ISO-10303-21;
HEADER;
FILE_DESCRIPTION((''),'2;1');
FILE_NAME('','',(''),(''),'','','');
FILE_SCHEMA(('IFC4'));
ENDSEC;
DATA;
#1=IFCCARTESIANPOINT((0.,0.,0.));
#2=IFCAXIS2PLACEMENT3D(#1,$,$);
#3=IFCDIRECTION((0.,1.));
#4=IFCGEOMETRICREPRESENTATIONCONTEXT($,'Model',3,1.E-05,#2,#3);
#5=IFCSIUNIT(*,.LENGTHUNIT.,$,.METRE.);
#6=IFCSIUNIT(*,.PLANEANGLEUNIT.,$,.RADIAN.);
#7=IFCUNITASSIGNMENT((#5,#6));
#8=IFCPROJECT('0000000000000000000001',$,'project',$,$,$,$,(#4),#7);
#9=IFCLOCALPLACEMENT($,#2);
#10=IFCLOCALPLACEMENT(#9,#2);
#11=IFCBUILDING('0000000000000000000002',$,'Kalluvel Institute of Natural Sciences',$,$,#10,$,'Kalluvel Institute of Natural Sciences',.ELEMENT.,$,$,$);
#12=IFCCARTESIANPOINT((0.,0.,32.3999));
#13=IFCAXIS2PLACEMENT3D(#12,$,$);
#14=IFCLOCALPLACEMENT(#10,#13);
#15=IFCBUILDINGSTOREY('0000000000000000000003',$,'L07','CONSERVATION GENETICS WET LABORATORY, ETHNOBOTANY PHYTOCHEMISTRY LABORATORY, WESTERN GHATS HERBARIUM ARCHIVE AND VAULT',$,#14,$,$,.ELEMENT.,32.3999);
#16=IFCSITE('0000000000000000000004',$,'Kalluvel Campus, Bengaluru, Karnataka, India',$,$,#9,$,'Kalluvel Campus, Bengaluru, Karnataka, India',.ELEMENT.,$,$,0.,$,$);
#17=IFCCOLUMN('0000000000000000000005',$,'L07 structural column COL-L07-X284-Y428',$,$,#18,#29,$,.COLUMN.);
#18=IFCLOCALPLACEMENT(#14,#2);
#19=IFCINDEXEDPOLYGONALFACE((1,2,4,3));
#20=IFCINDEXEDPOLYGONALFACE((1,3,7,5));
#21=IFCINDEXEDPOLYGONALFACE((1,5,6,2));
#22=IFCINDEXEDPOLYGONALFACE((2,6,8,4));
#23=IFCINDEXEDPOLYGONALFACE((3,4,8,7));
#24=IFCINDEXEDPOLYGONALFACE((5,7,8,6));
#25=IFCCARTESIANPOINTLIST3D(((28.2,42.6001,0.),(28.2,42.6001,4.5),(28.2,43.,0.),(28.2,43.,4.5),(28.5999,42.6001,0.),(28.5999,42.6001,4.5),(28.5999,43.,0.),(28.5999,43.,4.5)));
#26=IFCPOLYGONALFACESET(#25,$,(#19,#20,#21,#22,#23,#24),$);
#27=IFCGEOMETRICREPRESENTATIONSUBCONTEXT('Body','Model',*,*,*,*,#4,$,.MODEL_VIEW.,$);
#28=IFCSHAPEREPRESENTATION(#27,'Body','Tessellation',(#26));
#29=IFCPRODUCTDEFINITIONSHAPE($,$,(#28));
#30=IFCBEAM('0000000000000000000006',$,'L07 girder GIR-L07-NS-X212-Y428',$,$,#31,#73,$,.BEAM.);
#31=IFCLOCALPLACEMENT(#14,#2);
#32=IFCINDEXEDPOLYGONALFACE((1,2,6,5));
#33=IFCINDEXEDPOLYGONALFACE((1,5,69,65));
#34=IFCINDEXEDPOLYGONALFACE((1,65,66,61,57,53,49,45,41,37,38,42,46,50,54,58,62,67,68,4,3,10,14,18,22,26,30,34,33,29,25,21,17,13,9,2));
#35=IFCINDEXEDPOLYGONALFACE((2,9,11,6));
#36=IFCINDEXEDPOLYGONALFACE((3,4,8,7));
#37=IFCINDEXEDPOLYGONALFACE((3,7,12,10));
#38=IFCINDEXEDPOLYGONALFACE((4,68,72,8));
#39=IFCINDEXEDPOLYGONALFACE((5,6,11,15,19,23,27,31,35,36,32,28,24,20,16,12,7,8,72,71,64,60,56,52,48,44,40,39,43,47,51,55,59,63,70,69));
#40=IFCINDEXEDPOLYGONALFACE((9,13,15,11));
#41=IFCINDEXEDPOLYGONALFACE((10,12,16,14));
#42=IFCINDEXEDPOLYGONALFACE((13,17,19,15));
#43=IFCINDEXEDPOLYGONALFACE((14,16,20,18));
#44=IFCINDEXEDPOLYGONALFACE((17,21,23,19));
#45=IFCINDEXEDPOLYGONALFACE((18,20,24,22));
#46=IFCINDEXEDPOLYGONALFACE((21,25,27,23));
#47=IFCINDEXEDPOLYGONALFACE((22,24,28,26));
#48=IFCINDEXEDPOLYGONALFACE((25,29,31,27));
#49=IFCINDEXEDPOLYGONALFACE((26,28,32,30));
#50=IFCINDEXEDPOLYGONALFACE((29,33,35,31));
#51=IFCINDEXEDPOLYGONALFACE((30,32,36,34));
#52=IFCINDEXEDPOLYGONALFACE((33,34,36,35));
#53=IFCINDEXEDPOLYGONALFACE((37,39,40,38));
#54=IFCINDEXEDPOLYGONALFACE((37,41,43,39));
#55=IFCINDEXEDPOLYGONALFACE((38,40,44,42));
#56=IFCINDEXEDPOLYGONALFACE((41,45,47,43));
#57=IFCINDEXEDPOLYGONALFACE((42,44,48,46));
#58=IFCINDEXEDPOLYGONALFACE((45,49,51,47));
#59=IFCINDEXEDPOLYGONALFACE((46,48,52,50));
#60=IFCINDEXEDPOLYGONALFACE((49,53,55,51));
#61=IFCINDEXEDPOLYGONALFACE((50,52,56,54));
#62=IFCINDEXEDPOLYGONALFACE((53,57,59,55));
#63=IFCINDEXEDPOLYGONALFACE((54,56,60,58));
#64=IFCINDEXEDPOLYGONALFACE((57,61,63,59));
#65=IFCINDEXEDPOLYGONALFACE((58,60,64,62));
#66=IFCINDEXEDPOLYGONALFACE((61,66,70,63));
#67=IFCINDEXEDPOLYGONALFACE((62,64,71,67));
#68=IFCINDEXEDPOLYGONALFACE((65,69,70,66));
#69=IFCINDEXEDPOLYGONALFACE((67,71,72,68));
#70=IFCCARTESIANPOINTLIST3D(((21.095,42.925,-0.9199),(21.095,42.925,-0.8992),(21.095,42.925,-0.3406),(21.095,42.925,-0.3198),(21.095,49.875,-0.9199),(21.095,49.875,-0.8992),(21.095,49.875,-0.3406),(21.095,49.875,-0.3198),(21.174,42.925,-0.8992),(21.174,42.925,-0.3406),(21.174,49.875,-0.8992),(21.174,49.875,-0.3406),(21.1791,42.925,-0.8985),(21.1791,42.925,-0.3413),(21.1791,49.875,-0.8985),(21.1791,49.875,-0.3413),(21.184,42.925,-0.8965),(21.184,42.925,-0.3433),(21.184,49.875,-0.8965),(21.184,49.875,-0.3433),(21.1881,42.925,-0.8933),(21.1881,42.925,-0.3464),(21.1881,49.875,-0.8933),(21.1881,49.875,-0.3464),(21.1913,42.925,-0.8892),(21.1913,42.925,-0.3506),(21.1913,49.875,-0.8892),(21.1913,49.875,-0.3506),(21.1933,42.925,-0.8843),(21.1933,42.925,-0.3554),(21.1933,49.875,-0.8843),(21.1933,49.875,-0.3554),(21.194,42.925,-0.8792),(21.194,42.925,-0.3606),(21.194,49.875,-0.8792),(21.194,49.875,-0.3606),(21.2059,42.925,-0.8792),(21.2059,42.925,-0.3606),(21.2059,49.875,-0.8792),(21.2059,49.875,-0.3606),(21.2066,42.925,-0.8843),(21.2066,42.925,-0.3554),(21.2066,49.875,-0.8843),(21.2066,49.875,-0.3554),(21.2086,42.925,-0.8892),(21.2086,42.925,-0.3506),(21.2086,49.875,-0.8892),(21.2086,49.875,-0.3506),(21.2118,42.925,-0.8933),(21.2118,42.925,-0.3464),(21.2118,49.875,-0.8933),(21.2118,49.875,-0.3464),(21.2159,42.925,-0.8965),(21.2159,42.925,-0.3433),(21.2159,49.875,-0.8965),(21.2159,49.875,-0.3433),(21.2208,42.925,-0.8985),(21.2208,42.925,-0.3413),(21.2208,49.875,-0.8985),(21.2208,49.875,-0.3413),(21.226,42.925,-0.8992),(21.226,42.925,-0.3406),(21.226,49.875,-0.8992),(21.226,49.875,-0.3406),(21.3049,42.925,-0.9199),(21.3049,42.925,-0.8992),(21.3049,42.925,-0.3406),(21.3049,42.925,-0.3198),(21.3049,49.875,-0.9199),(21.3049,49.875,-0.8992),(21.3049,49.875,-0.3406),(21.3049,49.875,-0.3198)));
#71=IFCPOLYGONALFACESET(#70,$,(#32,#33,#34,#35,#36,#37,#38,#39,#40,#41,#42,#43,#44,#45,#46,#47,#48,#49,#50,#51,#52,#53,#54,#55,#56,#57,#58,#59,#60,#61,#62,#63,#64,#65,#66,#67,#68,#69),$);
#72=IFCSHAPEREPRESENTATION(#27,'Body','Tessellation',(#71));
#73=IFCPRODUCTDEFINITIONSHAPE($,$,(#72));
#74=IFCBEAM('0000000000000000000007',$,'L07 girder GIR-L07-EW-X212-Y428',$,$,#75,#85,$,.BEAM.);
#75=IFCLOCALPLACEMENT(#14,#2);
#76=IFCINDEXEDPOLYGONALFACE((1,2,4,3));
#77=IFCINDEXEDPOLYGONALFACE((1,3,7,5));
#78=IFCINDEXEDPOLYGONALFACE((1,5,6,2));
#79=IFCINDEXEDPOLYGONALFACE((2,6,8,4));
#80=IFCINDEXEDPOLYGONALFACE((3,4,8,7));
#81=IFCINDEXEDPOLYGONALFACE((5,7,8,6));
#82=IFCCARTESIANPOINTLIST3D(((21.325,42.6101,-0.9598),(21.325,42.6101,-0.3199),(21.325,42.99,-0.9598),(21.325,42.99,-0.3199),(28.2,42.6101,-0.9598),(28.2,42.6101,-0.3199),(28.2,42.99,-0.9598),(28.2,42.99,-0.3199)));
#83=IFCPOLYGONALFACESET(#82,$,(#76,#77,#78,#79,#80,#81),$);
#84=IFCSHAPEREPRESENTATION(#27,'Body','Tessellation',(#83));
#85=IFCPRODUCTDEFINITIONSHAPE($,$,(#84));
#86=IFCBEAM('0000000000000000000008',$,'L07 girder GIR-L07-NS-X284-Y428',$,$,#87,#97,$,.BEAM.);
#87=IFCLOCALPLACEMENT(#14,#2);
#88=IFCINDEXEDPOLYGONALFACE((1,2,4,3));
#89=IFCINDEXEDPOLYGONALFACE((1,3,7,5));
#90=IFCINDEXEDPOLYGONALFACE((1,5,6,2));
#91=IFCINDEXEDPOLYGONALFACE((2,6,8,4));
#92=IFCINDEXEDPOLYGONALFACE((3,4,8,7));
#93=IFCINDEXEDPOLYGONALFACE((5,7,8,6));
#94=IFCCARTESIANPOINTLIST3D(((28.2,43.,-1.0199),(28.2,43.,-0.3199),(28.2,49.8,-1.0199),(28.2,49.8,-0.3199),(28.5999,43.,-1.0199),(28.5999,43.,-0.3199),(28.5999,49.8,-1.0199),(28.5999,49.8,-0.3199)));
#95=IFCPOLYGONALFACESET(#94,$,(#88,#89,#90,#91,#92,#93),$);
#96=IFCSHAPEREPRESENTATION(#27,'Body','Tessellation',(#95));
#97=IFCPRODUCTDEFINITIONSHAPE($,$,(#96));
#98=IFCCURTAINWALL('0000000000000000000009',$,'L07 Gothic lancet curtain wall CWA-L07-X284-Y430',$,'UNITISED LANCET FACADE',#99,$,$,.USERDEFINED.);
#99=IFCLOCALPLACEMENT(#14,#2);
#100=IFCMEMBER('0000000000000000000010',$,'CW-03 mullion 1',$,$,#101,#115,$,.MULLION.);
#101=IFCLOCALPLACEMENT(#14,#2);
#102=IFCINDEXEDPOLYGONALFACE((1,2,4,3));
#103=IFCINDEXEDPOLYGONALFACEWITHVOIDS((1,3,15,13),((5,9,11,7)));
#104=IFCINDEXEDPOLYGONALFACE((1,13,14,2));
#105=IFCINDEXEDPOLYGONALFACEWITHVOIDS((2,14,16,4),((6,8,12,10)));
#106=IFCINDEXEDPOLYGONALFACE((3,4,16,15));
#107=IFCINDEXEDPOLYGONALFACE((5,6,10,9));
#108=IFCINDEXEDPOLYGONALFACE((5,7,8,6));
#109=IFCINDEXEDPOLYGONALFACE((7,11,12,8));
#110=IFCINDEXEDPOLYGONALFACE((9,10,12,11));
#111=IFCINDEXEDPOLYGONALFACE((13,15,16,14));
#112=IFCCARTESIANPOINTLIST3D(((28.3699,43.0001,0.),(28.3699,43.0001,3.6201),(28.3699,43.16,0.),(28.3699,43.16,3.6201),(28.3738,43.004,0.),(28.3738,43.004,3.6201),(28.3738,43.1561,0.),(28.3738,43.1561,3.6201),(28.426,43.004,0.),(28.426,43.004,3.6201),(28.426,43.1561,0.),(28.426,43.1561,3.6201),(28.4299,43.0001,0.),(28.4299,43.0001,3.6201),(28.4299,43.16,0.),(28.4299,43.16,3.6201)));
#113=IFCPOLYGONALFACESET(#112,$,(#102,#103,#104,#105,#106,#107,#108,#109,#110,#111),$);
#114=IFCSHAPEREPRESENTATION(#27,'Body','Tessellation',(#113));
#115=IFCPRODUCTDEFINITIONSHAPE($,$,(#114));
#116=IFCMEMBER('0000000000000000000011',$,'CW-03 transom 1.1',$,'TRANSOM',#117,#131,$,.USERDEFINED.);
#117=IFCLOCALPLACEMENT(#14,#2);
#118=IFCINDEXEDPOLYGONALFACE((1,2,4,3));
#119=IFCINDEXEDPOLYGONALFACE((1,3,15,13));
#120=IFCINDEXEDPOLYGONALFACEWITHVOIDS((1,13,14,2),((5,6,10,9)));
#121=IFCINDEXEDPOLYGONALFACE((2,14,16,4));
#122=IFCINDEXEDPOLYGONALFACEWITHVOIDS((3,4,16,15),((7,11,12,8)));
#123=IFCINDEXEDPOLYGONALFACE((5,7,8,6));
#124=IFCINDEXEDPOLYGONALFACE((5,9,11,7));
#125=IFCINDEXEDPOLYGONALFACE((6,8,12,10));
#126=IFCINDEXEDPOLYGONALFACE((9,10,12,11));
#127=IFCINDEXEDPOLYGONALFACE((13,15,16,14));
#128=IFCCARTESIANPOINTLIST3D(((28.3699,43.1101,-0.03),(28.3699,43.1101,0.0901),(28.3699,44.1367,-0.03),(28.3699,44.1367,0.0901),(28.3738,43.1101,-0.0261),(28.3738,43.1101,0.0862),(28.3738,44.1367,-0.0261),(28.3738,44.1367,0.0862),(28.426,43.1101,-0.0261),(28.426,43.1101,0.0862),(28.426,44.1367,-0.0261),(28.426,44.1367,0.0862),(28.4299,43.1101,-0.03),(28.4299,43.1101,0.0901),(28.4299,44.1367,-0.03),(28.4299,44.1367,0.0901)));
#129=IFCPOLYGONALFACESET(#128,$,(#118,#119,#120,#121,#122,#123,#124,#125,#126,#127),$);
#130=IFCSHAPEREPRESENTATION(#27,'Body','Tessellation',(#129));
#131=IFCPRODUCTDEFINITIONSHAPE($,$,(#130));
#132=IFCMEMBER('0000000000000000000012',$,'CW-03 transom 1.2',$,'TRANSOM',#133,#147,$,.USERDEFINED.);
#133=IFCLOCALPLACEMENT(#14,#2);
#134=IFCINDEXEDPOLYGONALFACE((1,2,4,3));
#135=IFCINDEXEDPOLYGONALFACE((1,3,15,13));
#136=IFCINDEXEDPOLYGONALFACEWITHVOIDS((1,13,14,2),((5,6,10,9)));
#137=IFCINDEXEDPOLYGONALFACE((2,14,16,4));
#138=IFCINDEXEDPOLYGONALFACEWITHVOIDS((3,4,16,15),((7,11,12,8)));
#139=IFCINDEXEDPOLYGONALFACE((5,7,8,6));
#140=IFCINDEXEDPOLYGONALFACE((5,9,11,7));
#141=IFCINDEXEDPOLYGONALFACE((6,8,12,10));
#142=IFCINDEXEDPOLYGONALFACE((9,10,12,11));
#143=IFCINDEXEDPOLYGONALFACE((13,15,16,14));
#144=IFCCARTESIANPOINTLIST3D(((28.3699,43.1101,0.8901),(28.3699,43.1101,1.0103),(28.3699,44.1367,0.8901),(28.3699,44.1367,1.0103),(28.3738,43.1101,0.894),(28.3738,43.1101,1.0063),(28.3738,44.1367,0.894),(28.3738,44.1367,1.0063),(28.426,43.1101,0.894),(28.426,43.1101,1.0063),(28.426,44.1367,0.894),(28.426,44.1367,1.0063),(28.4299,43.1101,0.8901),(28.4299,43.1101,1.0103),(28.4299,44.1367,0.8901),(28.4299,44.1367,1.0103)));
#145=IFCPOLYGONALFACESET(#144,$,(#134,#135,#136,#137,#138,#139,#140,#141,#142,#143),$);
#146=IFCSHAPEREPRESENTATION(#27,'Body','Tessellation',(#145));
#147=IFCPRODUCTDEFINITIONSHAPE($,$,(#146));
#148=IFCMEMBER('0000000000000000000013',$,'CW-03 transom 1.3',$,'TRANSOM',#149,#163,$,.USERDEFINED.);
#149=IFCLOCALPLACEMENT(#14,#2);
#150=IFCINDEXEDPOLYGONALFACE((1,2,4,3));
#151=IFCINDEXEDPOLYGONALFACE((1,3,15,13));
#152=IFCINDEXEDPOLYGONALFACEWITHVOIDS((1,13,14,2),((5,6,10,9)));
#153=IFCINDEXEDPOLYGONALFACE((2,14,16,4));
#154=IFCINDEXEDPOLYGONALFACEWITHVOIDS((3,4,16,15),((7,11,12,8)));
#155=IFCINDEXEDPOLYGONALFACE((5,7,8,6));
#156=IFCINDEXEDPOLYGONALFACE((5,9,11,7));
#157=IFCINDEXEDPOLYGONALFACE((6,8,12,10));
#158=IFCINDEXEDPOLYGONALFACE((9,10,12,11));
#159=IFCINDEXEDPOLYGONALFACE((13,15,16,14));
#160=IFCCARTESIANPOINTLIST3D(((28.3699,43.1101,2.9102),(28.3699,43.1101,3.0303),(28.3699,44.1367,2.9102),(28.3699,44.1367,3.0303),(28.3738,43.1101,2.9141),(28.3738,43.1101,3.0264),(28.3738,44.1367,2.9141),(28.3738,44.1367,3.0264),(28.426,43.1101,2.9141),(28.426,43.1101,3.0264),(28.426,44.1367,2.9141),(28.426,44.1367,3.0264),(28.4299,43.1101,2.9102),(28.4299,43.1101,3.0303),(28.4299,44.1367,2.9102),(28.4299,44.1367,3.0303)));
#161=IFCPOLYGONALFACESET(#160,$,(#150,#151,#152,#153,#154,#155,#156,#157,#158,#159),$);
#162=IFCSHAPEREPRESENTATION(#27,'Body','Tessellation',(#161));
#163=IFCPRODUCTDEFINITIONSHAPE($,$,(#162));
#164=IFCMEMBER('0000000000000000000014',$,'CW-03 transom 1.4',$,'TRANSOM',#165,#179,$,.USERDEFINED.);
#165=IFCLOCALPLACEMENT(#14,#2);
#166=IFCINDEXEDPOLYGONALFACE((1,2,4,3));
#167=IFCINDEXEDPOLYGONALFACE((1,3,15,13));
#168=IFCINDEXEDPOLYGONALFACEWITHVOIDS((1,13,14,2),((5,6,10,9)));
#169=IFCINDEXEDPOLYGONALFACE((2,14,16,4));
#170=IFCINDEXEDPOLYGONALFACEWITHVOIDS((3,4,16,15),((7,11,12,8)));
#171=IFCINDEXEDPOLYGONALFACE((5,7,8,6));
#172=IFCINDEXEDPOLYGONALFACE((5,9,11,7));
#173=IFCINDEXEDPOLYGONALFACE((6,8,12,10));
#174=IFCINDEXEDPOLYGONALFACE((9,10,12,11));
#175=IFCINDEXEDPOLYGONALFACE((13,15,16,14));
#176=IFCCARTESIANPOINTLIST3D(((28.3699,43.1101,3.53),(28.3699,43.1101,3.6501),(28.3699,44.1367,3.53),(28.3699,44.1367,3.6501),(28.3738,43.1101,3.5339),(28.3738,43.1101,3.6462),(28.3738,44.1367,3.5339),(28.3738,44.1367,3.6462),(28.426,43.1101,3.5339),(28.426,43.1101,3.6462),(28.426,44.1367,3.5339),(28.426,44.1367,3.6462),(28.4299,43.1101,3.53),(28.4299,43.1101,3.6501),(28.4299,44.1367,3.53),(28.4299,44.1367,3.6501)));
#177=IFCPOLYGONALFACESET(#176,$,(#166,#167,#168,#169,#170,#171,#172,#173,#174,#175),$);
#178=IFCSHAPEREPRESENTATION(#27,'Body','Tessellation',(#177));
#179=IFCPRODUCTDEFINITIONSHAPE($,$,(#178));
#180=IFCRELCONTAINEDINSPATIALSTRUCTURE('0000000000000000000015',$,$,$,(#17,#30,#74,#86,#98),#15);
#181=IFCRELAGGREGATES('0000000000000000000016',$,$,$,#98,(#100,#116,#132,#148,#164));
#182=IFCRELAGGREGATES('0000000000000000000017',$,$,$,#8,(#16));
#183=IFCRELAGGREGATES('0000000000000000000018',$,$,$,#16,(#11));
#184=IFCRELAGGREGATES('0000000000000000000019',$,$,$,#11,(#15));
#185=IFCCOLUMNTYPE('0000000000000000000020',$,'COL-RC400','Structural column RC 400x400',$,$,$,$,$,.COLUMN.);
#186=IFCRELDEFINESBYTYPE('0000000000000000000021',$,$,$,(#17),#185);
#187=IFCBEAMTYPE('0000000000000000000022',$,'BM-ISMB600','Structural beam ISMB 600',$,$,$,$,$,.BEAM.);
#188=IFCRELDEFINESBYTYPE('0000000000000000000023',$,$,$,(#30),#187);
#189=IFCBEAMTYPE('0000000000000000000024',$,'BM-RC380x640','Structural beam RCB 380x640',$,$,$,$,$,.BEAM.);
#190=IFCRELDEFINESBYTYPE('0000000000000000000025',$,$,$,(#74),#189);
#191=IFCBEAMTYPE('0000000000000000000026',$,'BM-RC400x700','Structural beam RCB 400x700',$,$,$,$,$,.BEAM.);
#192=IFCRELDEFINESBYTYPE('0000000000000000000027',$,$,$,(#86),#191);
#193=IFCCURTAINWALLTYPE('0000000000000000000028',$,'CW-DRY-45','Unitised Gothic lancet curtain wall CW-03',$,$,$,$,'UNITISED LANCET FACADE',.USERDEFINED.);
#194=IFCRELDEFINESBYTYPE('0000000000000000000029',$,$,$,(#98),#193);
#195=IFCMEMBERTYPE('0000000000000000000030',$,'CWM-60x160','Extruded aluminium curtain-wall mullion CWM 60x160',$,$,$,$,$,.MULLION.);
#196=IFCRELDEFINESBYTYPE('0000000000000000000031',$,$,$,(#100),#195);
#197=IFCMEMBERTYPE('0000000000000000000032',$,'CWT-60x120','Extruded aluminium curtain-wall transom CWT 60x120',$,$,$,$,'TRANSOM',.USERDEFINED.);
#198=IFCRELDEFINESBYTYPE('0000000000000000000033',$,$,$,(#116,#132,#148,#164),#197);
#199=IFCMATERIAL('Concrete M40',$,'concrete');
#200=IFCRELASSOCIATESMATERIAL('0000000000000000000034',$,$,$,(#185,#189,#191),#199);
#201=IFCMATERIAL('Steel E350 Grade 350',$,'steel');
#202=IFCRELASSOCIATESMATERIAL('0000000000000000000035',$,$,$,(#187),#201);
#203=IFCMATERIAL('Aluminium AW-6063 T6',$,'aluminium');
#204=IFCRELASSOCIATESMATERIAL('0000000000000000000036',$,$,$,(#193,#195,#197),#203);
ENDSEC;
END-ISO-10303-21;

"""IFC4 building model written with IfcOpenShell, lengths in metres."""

from ifc_helpers import new_model, si_unit, direction, frame, origin, origin_2d, place, context, subcontext, project, spatial, rectangle, hollow_rectangle, i_section, extrude, material, material_profile, profile_set, type_object, element, aggregate, save


model = new_model("IFC4")

# Units and contexts
model_context = context("Model", 3, precision=1e-05, world=origin(), true_north=direction((0.0, 1.0)))
body_context = subcontext(model_context, "Body", "Model", "MODEL_VIEW")
ifc_project = project(units=[si_unit("LENGTHUNIT", "METRE"), si_unit("PLANEANGLEUNIT", "RADIAN")], contexts=[model_context])

# Site, building, storey
site_placement = place(None, origin())
site = spatial("IfcSite", under=ifc_project, at=site_placement, Name="Kalluvel Campus, Bengaluru, Karnataka, India", LongName="Kalluvel Campus, Bengaluru, Karnataka, India", CompositionType="ELEMENT", RefElevation=0.0)
building_placement = place(site_placement, origin())
building = spatial("IfcBuilding", under=site, at=building_placement, Name="Kalluvel Institute of Natural Sciences", LongName="Kalluvel Institute of Natural Sciences", CompositionType="ELEMENT")
storey_placement = place(building_placement, frame((0.0, 0.0, 32.3999)))
storey = spatial("IfcBuildingStorey", under=building, at=storey_placement, Name="L07", Description="CONSERVATION GENETICS WET LABORATORY, ETHNOBOTANY PHYTOCHEMISTRY LABORATORY, WESTERN GHATS HERBARIUM ARCHIVE AND VAULT", CompositionType="ELEMENT", Elevation=32.3999)

# Column
ifc_material_1 = material(Name="Concrete M40", Category="concrete")
ifc_material_profile_1 = material_profile(ifc_material_1, rectangle(XDim=0.3999, YDim=0.3999, at=origin_2d()), Name="RC 400x400")
ifc_profile_set_1 = profile_set([ifc_material_profile_1], Name="Concrete M40")
column_type = type_object("IfcColumnType", Name="COL-RC400", Description="Structural column RC 400x400", PredefinedType="COLUMN", material=ifc_profile_set_1)
column_placement = place(storey_placement, frame((28.3999, 42.8, 0.0), z_axis=(0.0, 0.0, 1.0), x_axis=(1.0, 0.0, 0.0)))
element("IfcColumn", 1, at=column_placement, inside=storey, type_object=column_type, Name="L07 structural column COL-L07-X284-Y428", PredefinedType="COLUMN", context=body_context, shape_type="SweptSolid", body=[
    extrude(rectangle(XDim=0.3999, YDim=0.3999, at=origin_2d()), origin(), (0.0, 0.0, 1.0), 4.5),
])

# Beams
ifc_material_2 = material(Name="Steel E350 Grade 350", Category="steel")
ifc_material_profile_2 = material_profile(ifc_material_2, i_section(OverallWidth=0.21, OverallDepth=0.6001, WebThickness=0.012, FlangeThickness=0.0208, FilletRadius=0.02, at=origin_2d()), Name="ISMB 600")
ifc_profile_set_2 = profile_set([ifc_material_profile_2], Name="Steel E350 Grade 350")
beam_type_1 = type_object("IfcBeamType", Name="BM-ISMB600", Description="Structural beam ISMB 600", PredefinedType="BEAM", material=ifc_profile_set_2)
beam_1_placement = place(storey_placement, frame((21.2, 42.925, -0.6199), z_axis=(0.0, 1.0, 0.0), x_axis=(-1.0, 0.0, 0.0)))
element("IfcBeam", 2, at=beam_1_placement, inside=storey, type_object=beam_type_1, Name="L07 girder GIR-L07-NS-X212-Y428", PredefinedType="BEAM", context=body_context, shape_type="SweptSolid", body=[
    extrude(i_section(OverallWidth=0.21, OverallDepth=0.6001, WebThickness=0.012, FlangeThickness=0.0208, FilletRadius=0.02, at=origin_2d()), origin(), (0.0, 0.0, 1.0), 6.95),
])
ifc_material_profile_3 = material_profile(ifc_material_1, rectangle(XDim=0.3799, YDim=0.6399, at=origin_2d()), Name="RCB 380x640")
ifc_profile_set_3 = profile_set([ifc_material_profile_3], Name="Concrete M40")
beam_type_2 = type_object("IfcBeamType", Name="BM-RC380x640", Description="Structural beam RCB 380x640", PredefinedType="BEAM", material=ifc_profile_set_3)
beam_2_placement = place(storey_placement, frame((21.325, 42.8, -0.6399), z_axis=(1.0, 0.0, 0.0), x_axis=(0.0, 1.0, 0.0)))
element("IfcBeam", 3, at=beam_2_placement, inside=storey, type_object=beam_type_2, Name="L07 girder GIR-L07-EW-X212-Y428", PredefinedType="BEAM", context=body_context, shape_type="SweptSolid", body=[
    extrude(rectangle(XDim=0.3799, YDim=0.6399, at=origin_2d()), origin(), (0.0, 0.0, 1.0), 6.875),
])
ifc_material_profile_4 = material_profile(ifc_material_1, rectangle(XDim=0.3999, YDim=0.7, at=origin_2d()), Name="RCB 400x700")
ifc_profile_set_4 = profile_set([ifc_material_profile_4], Name="Concrete M40")
beam_type_3 = type_object("IfcBeamType", Name="BM-RC400x700", Description="Structural beam RCB 400x700", PredefinedType="BEAM", material=ifc_profile_set_4)
beam_3_placement = place(storey_placement, frame((28.3999, 43.0, -0.6699), z_axis=(0.0, 1.0, 0.0), x_axis=(-1.0, 0.0, 0.0)))
element("IfcBeam", 4, at=beam_3_placement, inside=storey, type_object=beam_type_3, Name="L07 girder GIR-L07-NS-X284-Y428", PredefinedType="BEAM", context=body_context, shape_type="SweptSolid", body=[
    extrude(rectangle(XDim=0.3999, YDim=0.7, at=origin_2d()), origin(), (0.0, 0.0, 1.0), 6.8),
])

# Curtain wall, members
ifc_material_3 = material(Name="Aluminium AW-6063 T6", Category="aluminium")
curtain_wall_type = type_object("IfcCurtainWallType", Name="CW-DRY-45", Description="Unitised Gothic lancet curtain wall CW-03", ElementType="UNITISED LANCET FACADE", PredefinedType="USERDEFINED", material=ifc_material_3)
curtain_wall_placement = place(storey_placement, origin())
curtain_wall = element("IfcCurtainWall", 5, at=curtain_wall_placement, inside=storey, type_object=curtain_wall_type, Name="L07 Gothic lancet curtain wall CWA-L07-X284-Y430", ObjectType="UNITISED LANCET FACADE", PredefinedType="USERDEFINED")
ifc_material_profile_5 = material_profile(ifc_material_3, hollow_rectangle(XDim=0.0601, YDim=0.1599, WallThickness=0.0039, at=origin_2d()), Name="CWM 60x160")
ifc_profile_set_5 = profile_set([ifc_material_profile_5], Name="Aluminium AW-6063 T6")
member_type_1 = type_object("IfcMemberType", Name="CWM-60x160", Description="Extruded aluminium curtain-wall mullion CWM 60x160", PredefinedType="MULLION", material=ifc_profile_set_5)
member_1_placement = place(storey_placement, frame((28.3999, 43.0801, 0.0), z_axis=(0.0, 0.0, 1.0), x_axis=(-1.0, 0.0, 0.0)))
member_1 = element("IfcMember", 6, at=member_1_placement, type_object=member_type_1, Name="CW-03 mullion 1", PredefinedType="MULLION", context=body_context, shape_type="SweptSolid", body=[
    extrude(hollow_rectangle(XDim=0.0601, YDim=0.1599, WallThickness=0.0039, at=origin_2d()), origin(), (0.0, 0.0, 1.0), 3.6201),
])
ifc_material_profile_6 = material_profile(ifc_material_3, hollow_rectangle(XDim=0.0601, YDim=0.1201, WallThickness=0.0039, at=origin_2d()), Name="CWT 60x120")
ifc_profile_set_6 = profile_set([ifc_material_profile_6], Name="Aluminium AW-6063 T6")
member_type_2 = type_object("IfcMemberType", Name="CWT-60x120", Description="Extruded aluminium curtain-wall transom CWT 60x120", ElementType="TRANSOM", PredefinedType="USERDEFINED", material=ifc_profile_set_6)
member_2_placement = place(storey_placement, frame((28.3999, 43.1101, 0.03), z_axis=(0.0, 1.0, 0.0), x_axis=(-1.0, 0.0, 0.0)))
member_2 = element("IfcMember", 7, at=member_2_placement, type_object=member_type_2, Name="CW-03 transom 1.1", ObjectType="TRANSOM", PredefinedType="USERDEFINED", context=body_context, shape_type="SweptSolid", body=[
    extrude(hollow_rectangle(XDim=0.0601, YDim=0.1201, WallThickness=0.0039, at=origin_2d()), origin(), (0.0, 0.0, 1.0), 1.0266),
])
member_3_placement = place(storey_placement, frame((28.3999, 43.1101, 0.9502), z_axis=(0.0, 1.0, 0.0), x_axis=(-1.0, 0.0, 0.0)))
member_3 = element("IfcMember", 8, at=member_3_placement, type_object=member_type_2, Name="CW-03 transom 1.2", ObjectType="TRANSOM", PredefinedType="USERDEFINED", context=body_context, shape_type="SweptSolid", body=[
    extrude(hollow_rectangle(XDim=0.0601, YDim=0.1201, WallThickness=0.0039, at=origin_2d()), origin(), (0.0, 0.0, 1.0), 1.0266),
])
member_4_placement = place(storey_placement, frame((28.3999, 43.1101, 2.9702), z_axis=(0.0, 1.0, 0.0), x_axis=(-1.0, 0.0, 0.0)))
member_4 = element("IfcMember", 9, at=member_4_placement, type_object=member_type_2, Name="CW-03 transom 1.3", ObjectType="TRANSOM", PredefinedType="USERDEFINED", context=body_context, shape_type="SweptSolid", body=[
    extrude(hollow_rectangle(XDim=0.0601, YDim=0.1201, WallThickness=0.0039, at=origin_2d()), origin(), (0.0, 0.0, 1.0), 1.0266),
])
member_5_placement = place(storey_placement, frame((28.3999, 43.1101, 3.5901), z_axis=(0.0, 1.0, 0.0), x_axis=(-1.0, 0.0, 0.0)))
member_5 = element("IfcMember", 10, at=member_5_placement, type_object=member_type_2, Name="CW-03 transom 1.4", ObjectType="TRANSOM", PredefinedType="USERDEFINED", context=body_context, shape_type="SweptSolid", body=[
    extrude(hollow_rectangle(XDim=0.0601, YDim=0.1201, WallThickness=0.0039, at=origin_2d()), origin(), (0.0, 0.0, 1.0), 1.0266),
])

aggregate(curtain_wall, [member_1, member_2, member_3, member_4, member_5])

save(model, "model.ifc")
